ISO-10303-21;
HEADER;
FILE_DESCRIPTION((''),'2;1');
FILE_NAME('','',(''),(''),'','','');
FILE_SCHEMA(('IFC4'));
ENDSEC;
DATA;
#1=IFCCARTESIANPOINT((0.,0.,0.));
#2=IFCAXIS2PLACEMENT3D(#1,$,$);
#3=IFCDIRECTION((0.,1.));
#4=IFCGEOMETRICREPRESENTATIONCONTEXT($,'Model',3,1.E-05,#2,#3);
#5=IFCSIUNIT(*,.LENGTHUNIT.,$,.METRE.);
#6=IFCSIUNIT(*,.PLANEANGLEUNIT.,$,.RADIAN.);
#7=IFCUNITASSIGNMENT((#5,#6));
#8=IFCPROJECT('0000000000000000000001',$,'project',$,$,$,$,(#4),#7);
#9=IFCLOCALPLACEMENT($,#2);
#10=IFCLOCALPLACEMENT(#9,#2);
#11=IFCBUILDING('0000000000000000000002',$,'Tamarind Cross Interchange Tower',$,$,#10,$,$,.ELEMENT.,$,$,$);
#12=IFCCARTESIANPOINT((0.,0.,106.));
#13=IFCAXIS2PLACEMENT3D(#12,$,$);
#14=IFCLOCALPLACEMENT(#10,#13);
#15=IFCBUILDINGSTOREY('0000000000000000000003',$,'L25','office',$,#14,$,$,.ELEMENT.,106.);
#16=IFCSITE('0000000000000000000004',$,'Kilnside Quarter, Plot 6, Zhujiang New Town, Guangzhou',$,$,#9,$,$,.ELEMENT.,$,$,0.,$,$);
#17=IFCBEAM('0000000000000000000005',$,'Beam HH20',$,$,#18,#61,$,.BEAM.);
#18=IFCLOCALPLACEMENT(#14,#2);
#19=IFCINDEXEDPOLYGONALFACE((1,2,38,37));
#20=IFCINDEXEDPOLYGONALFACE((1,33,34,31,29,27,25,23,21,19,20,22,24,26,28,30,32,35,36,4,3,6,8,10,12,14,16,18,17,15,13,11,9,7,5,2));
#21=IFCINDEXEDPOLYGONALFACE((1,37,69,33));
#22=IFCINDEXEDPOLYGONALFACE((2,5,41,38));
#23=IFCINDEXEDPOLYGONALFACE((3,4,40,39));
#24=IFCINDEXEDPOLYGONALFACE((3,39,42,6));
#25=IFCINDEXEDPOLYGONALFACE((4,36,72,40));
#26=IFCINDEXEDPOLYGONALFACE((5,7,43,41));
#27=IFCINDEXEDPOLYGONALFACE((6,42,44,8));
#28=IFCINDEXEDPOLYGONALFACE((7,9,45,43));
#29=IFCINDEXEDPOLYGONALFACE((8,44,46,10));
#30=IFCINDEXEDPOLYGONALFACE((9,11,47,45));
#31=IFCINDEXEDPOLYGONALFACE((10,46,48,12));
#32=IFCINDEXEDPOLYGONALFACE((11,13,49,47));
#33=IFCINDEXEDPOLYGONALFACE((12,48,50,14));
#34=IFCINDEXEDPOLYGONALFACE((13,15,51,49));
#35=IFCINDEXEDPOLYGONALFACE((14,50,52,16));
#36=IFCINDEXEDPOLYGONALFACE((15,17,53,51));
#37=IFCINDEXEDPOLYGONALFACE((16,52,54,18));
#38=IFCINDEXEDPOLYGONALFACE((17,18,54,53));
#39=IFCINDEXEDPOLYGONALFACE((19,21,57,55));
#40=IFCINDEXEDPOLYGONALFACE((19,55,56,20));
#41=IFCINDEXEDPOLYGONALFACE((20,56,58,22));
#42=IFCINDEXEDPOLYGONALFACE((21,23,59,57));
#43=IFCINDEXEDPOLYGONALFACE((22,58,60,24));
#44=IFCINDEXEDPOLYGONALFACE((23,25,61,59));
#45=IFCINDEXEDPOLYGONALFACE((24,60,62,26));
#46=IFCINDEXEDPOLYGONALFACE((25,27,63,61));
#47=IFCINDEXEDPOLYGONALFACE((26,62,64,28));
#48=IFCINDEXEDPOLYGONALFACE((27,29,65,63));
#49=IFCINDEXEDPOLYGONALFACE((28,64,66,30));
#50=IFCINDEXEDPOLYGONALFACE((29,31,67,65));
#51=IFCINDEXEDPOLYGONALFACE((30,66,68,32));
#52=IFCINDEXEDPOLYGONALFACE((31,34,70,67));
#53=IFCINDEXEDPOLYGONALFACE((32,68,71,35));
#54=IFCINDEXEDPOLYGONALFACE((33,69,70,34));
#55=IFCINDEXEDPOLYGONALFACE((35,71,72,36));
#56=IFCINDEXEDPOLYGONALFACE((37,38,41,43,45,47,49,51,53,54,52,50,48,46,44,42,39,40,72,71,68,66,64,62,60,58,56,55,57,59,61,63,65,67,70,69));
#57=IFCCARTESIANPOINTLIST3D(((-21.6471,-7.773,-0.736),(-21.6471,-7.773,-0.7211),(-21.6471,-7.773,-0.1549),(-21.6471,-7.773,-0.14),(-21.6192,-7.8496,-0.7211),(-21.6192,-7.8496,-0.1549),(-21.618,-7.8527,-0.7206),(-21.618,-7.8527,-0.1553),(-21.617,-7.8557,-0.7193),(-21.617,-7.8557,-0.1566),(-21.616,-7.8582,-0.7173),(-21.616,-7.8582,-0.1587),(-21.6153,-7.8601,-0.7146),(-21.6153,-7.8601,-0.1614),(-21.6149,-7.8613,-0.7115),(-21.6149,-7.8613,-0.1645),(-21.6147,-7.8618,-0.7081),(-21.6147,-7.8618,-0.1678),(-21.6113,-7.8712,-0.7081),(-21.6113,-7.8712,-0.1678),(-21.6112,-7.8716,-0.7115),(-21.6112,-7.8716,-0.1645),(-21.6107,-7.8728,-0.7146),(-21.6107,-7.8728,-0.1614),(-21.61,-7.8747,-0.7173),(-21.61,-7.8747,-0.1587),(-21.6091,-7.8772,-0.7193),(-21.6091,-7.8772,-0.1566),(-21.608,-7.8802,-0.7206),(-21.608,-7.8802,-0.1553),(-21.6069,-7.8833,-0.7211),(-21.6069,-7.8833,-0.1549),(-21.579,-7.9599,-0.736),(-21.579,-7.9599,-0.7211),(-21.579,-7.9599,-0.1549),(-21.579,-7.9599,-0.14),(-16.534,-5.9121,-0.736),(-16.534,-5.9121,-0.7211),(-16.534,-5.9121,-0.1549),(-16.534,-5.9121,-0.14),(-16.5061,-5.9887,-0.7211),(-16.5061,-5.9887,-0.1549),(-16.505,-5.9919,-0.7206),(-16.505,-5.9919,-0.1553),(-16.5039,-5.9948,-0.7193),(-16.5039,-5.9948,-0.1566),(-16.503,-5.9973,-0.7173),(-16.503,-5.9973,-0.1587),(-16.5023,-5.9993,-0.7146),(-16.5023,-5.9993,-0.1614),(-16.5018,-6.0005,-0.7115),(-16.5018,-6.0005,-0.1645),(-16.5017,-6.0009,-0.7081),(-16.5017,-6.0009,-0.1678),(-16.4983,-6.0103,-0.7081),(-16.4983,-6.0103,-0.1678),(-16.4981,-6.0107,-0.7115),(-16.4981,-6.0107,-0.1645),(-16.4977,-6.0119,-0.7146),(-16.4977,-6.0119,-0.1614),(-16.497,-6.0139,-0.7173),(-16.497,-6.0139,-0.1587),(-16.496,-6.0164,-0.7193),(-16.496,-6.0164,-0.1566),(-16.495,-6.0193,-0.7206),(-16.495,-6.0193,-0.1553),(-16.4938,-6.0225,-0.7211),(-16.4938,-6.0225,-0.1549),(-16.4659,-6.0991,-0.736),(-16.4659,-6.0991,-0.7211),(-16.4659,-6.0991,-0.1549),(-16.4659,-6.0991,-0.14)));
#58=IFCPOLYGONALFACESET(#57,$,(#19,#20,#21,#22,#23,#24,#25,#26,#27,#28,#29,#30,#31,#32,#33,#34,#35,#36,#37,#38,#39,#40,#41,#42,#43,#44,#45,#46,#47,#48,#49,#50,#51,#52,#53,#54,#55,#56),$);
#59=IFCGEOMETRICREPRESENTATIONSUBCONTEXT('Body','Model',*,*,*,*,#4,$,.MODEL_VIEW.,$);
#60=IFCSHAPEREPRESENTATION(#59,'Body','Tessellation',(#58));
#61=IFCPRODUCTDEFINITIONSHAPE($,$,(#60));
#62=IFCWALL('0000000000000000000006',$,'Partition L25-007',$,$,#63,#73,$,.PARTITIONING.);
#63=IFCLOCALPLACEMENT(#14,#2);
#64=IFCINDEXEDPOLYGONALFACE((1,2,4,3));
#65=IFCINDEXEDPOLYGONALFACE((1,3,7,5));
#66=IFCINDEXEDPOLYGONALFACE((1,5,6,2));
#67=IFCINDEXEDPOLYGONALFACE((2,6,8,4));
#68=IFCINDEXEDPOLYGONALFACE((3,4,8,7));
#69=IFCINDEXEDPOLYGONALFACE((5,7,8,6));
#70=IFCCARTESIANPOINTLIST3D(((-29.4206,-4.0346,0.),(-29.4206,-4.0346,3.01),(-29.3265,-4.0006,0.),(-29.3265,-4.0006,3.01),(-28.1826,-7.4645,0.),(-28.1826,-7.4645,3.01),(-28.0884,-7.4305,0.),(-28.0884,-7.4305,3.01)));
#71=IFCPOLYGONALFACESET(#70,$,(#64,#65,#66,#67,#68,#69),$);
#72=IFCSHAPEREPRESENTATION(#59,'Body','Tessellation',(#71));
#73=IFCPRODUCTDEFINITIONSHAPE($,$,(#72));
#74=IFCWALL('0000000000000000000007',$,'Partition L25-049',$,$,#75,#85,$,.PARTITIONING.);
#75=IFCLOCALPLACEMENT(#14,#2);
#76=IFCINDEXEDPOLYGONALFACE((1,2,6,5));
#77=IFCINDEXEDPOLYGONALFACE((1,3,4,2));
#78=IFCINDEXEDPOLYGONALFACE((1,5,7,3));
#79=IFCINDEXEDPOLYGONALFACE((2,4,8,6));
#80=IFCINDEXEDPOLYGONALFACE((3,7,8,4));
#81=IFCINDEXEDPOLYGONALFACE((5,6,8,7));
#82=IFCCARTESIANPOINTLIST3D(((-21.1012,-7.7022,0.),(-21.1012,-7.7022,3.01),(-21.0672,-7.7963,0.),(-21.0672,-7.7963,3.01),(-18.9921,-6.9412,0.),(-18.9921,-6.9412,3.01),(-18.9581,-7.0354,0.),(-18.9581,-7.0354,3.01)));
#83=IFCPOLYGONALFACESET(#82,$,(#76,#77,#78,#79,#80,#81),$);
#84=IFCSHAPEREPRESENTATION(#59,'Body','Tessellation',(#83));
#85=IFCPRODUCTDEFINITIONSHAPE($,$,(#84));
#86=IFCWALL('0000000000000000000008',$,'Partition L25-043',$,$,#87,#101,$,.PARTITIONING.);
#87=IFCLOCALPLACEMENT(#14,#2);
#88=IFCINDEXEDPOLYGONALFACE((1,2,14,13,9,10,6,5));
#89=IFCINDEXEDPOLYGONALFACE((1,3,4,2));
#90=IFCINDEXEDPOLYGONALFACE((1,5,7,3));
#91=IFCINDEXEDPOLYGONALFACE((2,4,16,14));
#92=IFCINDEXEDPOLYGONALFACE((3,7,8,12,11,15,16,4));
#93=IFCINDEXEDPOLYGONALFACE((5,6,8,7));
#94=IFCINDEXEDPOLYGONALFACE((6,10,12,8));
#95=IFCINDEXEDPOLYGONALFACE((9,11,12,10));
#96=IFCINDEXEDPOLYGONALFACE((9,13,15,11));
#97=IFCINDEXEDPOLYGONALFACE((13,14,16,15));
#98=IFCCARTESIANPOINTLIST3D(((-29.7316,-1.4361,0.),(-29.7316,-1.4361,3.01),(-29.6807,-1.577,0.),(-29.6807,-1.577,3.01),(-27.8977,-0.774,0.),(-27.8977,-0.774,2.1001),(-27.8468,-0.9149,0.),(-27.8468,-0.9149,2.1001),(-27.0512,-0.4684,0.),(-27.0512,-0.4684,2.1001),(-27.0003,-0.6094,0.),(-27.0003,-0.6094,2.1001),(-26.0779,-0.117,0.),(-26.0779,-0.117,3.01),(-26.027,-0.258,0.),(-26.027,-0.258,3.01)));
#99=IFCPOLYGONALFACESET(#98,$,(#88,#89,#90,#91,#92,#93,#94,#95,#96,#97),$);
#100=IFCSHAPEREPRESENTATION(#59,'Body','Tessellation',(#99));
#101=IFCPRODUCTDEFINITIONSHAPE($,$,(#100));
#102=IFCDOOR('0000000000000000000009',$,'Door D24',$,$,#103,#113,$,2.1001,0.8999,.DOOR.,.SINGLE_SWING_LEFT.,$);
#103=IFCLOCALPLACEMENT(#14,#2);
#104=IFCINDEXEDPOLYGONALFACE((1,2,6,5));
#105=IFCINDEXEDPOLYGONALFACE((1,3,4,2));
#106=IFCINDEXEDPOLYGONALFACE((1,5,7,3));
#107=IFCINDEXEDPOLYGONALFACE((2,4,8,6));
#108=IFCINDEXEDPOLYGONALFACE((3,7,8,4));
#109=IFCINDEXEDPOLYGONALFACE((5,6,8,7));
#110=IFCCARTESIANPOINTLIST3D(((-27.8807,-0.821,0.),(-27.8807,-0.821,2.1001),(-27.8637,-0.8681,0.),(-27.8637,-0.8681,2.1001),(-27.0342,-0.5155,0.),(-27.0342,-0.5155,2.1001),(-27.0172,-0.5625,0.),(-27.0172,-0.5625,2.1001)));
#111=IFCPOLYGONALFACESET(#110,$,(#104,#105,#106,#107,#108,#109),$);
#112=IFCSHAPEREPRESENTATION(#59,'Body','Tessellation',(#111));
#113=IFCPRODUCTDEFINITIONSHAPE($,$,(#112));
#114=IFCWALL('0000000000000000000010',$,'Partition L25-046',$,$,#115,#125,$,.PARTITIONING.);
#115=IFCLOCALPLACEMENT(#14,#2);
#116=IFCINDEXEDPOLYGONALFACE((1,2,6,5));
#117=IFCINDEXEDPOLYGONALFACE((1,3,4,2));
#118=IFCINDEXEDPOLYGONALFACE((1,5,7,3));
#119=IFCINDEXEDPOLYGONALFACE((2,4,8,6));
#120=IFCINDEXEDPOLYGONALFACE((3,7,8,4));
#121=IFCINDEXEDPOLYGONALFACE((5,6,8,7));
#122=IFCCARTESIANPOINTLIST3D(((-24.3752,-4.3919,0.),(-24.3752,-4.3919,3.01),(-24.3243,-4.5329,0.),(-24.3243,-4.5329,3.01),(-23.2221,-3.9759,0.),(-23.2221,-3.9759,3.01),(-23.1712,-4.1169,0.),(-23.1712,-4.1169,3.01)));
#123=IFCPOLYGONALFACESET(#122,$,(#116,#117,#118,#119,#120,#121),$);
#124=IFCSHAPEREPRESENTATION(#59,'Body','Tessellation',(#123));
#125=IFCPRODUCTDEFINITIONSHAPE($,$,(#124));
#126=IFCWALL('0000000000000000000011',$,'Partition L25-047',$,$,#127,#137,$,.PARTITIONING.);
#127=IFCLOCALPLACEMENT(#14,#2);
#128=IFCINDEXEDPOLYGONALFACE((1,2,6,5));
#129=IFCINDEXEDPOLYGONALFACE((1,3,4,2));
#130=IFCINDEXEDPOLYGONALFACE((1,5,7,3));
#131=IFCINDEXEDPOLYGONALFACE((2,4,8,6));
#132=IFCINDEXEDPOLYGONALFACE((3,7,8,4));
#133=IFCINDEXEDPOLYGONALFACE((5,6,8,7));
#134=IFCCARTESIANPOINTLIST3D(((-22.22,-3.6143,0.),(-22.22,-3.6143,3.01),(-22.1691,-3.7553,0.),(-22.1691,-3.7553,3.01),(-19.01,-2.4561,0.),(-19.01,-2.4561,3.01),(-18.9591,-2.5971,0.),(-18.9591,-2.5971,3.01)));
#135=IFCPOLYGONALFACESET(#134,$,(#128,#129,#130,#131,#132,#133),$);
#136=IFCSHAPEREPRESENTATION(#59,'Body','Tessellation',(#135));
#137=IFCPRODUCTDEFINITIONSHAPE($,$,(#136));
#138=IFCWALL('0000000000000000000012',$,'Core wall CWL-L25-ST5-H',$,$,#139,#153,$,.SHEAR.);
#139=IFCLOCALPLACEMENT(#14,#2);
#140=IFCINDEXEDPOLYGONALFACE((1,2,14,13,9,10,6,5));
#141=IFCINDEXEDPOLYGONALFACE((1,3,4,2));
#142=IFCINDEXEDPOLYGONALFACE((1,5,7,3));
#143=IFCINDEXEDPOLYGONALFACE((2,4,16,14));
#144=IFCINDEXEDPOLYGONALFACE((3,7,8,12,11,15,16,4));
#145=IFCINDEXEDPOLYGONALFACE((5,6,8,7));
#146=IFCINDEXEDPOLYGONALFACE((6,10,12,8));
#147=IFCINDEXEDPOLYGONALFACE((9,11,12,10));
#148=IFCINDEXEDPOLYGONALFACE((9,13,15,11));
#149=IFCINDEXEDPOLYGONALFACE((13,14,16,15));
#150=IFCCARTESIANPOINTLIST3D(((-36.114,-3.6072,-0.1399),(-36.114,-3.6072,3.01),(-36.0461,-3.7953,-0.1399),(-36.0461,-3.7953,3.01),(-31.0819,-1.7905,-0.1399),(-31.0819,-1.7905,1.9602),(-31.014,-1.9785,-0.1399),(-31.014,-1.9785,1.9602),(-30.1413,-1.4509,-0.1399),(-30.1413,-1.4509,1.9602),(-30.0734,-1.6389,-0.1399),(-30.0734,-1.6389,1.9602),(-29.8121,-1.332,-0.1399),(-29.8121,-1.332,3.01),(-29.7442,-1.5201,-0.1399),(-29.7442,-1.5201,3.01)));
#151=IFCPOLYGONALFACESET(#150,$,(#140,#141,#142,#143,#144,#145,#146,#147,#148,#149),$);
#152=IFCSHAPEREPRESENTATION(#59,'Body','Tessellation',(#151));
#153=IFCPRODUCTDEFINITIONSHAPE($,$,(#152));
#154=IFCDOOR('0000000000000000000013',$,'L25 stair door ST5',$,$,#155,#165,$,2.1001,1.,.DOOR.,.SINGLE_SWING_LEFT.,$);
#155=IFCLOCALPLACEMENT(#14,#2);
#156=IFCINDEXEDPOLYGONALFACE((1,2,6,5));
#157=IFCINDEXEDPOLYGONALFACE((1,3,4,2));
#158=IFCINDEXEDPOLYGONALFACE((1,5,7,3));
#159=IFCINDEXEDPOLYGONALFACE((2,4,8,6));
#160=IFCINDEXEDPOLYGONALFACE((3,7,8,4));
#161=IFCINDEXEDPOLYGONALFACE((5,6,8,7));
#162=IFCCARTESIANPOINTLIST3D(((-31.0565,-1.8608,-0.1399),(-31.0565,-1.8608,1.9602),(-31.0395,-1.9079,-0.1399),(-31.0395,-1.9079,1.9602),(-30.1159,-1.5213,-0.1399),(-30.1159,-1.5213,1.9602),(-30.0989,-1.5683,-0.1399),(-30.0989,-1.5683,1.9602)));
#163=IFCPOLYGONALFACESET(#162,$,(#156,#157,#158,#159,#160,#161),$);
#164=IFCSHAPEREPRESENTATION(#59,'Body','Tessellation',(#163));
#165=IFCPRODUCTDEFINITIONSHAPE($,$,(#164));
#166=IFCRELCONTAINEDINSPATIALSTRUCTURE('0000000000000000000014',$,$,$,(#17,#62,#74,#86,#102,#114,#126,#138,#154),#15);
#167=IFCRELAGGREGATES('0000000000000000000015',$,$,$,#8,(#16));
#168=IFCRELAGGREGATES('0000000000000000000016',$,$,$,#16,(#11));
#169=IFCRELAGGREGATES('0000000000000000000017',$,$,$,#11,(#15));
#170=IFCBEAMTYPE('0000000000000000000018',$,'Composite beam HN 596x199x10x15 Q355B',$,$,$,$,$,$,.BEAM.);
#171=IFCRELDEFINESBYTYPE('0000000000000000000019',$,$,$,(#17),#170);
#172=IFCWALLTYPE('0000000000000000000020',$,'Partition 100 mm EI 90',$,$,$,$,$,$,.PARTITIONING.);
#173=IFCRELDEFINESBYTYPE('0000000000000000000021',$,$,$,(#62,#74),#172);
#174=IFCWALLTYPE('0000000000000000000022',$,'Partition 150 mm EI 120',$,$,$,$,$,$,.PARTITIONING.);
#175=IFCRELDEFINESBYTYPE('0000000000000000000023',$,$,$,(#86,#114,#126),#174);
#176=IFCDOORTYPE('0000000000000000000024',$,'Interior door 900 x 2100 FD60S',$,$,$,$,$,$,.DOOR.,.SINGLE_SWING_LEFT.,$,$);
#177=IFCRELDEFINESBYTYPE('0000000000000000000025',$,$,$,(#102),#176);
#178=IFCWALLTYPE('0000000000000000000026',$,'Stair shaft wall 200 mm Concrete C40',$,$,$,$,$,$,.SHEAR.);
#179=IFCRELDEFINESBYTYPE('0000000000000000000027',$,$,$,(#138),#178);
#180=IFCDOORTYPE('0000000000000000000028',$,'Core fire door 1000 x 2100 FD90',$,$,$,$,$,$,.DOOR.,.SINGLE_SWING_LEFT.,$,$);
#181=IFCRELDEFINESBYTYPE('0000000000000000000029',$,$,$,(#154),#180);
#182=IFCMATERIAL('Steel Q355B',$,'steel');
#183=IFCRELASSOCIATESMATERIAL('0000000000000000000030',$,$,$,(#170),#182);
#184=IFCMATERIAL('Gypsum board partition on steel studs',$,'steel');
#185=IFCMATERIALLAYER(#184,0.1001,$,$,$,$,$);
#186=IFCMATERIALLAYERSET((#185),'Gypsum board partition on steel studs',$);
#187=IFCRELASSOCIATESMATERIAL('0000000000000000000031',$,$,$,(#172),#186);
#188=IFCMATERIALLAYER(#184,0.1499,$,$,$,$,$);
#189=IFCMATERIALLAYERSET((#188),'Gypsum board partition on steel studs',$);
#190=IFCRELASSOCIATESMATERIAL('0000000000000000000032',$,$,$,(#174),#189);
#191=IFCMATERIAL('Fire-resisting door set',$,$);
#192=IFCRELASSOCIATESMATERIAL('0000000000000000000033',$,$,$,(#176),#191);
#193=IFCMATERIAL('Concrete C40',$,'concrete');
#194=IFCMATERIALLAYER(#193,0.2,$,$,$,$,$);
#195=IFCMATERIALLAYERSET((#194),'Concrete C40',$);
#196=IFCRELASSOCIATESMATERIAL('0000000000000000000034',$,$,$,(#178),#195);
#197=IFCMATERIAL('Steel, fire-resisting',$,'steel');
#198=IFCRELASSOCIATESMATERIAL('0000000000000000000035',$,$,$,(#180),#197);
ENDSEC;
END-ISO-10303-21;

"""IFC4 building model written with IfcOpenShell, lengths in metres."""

from ifc_helpers import new_model, si_unit, direction, frame, frame_2d, origin, origin_2d, place, context, subcontext, project, spatial, rectangle, i_section, extrude, material, layer, layer_set, material_profile, profile_set, type_object, element, fill, save


model = new_model("IFC4")

# Units and contexts
model_context = context("Model", 3, precision=1e-05, world=origin(), true_north=direction((0.0, 1.0)))
body_context = subcontext(model_context, "Body", "Model", "MODEL_VIEW")
ifc_project = project(units=[si_unit("LENGTHUNIT", "METRE"), si_unit("PLANEANGLEUNIT", "RADIAN")], contexts=[model_context])

# Site, building, storey
site_placement = place(None, origin())
site = spatial("IfcSite", under=ifc_project, at=site_placement, Name="Kilnside Quarter, Plot 6, Zhujiang New Town, Guangzhou", CompositionType="ELEMENT", RefElevation=0.0)
building_placement = place(site_placement, origin())
building = spatial("IfcBuilding", under=site, at=building_placement, Name="Tamarind Cross Interchange Tower", CompositionType="ELEMENT")
storey_placement = place(building_placement, frame((0.0, 0.0, 106.0)))
storey = spatial("IfcBuildingStorey", under=building, at=storey_placement, Name="L25", Description="office", CompositionType="ELEMENT", Elevation=106.0)

# Beam
ifc_material_1 = material(Name="Steel Q355B", Category="steel")
ifc_material_profile_1 = material_profile(ifc_material_1, i_section(OverallWidth=0.199, OverallDepth=0.5959, WebThickness=0.01, FlangeThickness=0.0149, FilletRadius=0.0129, at=origin_2d()), Name="HN 596x199x10x15")
ifc_profile_set_1 = profile_set([ifc_material_profile_1], Name="Steel Q355B")
beam_type_1 = type_object("IfcBeamType", Name="Composite beam HN 596x199x10x15 Q355B", PredefinedType="BEAM", material=ifc_profile_set_1)
beam_1_placement = place(storey_placement, frame((-21.613, -7.8665, -0.438), z_axis=(0.939702, 0.341995, 0.0), x_axis=(-0.341995, 0.939702, 0.0)))
element("IfcBeam", 1, at=beam_1_placement, inside=storey, type_object=beam_type_1, Name="Beam HH20", PredefinedType="BEAM", context=body_context, shape_type="SweptSolid", body=[
    extrude(i_section(OverallWidth=0.199, OverallDepth=0.5959, WebThickness=0.01, FlangeThickness=0.0149, FilletRadius=0.0129, at=origin_2d()), origin(), (0.0, 0.0, 1.0), 5.4412),
])

# Walls
ifc_material_2 = material(Name="Gypsum board partition on steel studs", Category="steel")
ifc_layer_1 = layer(ifc_material_2, 0.1001)
ifc_layer_set_1 = layer_set([ifc_layer_1], Name="Gypsum board partition on steel studs")
wall_type_1 = type_object("IfcWallType", Name="Partition 100 mm EI 90", PredefinedType="PARTITIONING", material=ifc_layer_set_1)
wall_1_placement = place(storey_placement, frame((-29.3735, -4.0176, 0.0), z_axis=(0.0, 0.0, 1.0), x_axis=(0.339511, -0.940602, 0.0)))
element("IfcWall", 2, at=wall_1_placement, inside=storey, type_object=wall_type_1, Name="Partition L25-007", PredefinedType="PARTITIONING", context=body_context, shape_type="SweptSolid", body=[
    extrude(rectangle(XDim=3.6465, YDim=0.1001, at=frame_2d((1.8232, 0.0))), origin(), (0.0, 0.0, 1.0), 3.01),
])
wall_2_placement = place(storey_placement, frame((-21.0842, -7.7493, 0.0), z_axis=(0.0, 0.0, 1.0), x_axis=(0.940646, 0.33939, 0.0)))
element("IfcWall", 3, at=wall_2_placement, inside=storey, type_object=wall_type_1, Name="Partition L25-049", PredefinedType="PARTITIONING", context=body_context, shape_type="SweptSolid", body=[
    extrude(rectangle(XDim=2.2422, YDim=0.1001, at=frame_2d((1.1211, 0.0))), origin(), (0.0, 0.0, 1.0), 3.01),
])

# Wall, opening, door
ifc_layer_2 = layer(ifc_material_2, 0.1499)
ifc_layer_set_2 = layer_set([ifc_layer_2], Name="Gypsum board partition on steel studs")
wall_type_2 = type_object("IfcWallType", Name="Partition 150 mm EI 120", PredefinedType="PARTITIONING", material=ifc_layer_set_2)
wall_3_placement = place(storey_placement, frame((-29.7063, -1.5066, 0.0), z_axis=(0.0, 0.0, 1.0), x_axis=(0.940582, 0.339567, 0.0)))
wall_3 = element("IfcWall", 4, at=wall_3_placement, inside=storey, type_object=wall_type_2, Name="Partition L25-043", PredefinedType="PARTITIONING", context=body_context, shape_type="SweptSolid", body=[
    extrude(rectangle(XDim=3.8845, YDim=0.1499, at=frame_2d((1.9424, 0.0))), origin(), (0.0, 0.0, 1.0), 3.01),
])
opening_1_placement = place(wall_3_placement, frame((1.95, 0.0, 0.0)))
opening_1 = element("IfcOpeningElement", 5, at=opening_1_placement, cuts=wall_3, PredefinedType="OPENING", context=body_context, shape_type="SweptSolid", body=[
    extrude(rectangle(XDim=0.8999, YDim=2.1001, at=frame_2d((0.45, 1.05))), frame((0.0, 0.085, 0.0), z_axis=(0.0, -1.0, 0.0), x_axis=(1.0, 0.0, 0.0)), (0.0, 0.0, 1.0), 0.1699),
])
ifc_material_3 = material(Name="Fire-resisting door set")
door_type_1 = type_object("IfcDoorType", Name="Interior door 900 x 2100 FD60S", OperationType="SINGLE_SWING_LEFT", PredefinedType="DOOR", material=ifc_material_3)
door_1_placement = place(opening_1_placement, origin())
door_1 = element("IfcDoor", 6, at=door_1_placement, inside=storey, type_object=door_type_1, Name="Door D24", OperationType="SINGLE_SWING_LEFT", OverallHeight=2.1001, OverallWidth=0.8999, PredefinedType="DOOR", context=body_context, shape_type="SweptSolid", body=[
    extrude(rectangle(XDim=0.8999, YDim=2.1001, at=frame_2d((0.45, 1.05))), frame((0.0, 0.0249, 0.0), z_axis=(0.0, -1.0, 0.0), x_axis=(1.0, 0.0, 0.0)), (0.0, 0.0, 1.0), 0.05),
])
fill(opening_1, door_1)

# Walls
wall_4_placement = place(storey_placement, frame((-24.3496, -4.4624, 0.0), z_axis=(0.0, 0.0, 1.0), x_axis=(0.940651, 0.339375, 0.0)))
element("IfcWall", 7, at=wall_4_placement, inside=storey, type_object=wall_type_2, Name="Partition L25-046", PredefinedType="PARTITIONING", context=body_context, shape_type="SweptSolid", body=[
    extrude(rectangle(XDim=1.2258, YDim=0.1499, at=frame_2d((0.6128, 0.0))), origin(), (0.0, 0.0, 1.0), 3.01),
])
wall_5_placement = place(storey_placement, frame((-22.1946, -3.6848, 0.0), z_axis=(0.0, 0.0, 1.0), x_axis=(0.940643, 0.339398, 0.0)))
element("IfcWall", 8, at=wall_5_placement, inside=storey, type_object=wall_type_2, Name="Partition L25-047", PredefinedType="PARTITIONING", context=body_context, shape_type="SweptSolid", body=[
    extrude(rectangle(XDim=3.4126, YDim=0.1499, at=frame_2d((1.7063, 0.0))), origin(), (0.0, 0.0, 1.0), 3.01),
])

# Wall, opening, door
ifc_material_4 = material(Name="Concrete C40", Category="concrete")
ifc_layer_3 = layer(ifc_material_4, 0.2)
ifc_layer_set_3 = layer_set([ifc_layer_3], Name="Concrete C40")
wall_type_3 = type_object("IfcWallType", Name="Stair shaft wall 200 mm Concrete C40", PredefinedType="SHEAR", material=ifc_layer_set_3)
wall_6_placement = place(storey_placement, frame((-29.7781, -1.426, -0.1399), z_axis=(0.0, 0.0, 1.0), x_axis=(-0.940577, -0.33958, 0.0)))
wall_6 = element("IfcWall", 9, at=wall_6_placement, inside=storey, type_object=wall_type_3, Name="Core wall CWL-L25-ST5-H", PredefinedType="SHEAR", context=body_context, shape_type="SweptSolid", body=[
    extrude(rectangle(XDim=6.7, YDim=0.2, at=frame_2d((3.3501, 0.0))), origin(), (0.0, 0.0, 1.0), 3.1499),
])
opening_2_placement = place(wall_6_placement, frame((0.3501, 0.0, 0.0)))
opening_2 = element("IfcOpeningElement", 10, at=opening_2_placement, cuts=wall_6, PredefinedType="OPENING", context=body_context, shape_type="SweptSolid", body=[
    extrude(rectangle(XDim=1.0, YDim=2.1001, at=frame_2d((0.5, 1.05))), frame((0.0, 0.1099, 0.0), z_axis=(0.0, -1.0, 0.0), x_axis=(1.0, 0.0, 0.0)), (0.0, 0.0, 1.0), 0.22),
])
ifc_material_5 = material(Name="Steel, fire-resisting", Category="steel")
door_type_2 = type_object("IfcDoorType", Name="Core fire door 1000 x 2100 FD90", OperationType="SINGLE_SWING_LEFT", PredefinedType="DOOR", material=ifc_material_5)
door_2_placement = place(opening_2_placement, origin())
door_2 = element("IfcDoor", 11, at=door_2_placement, inside=storey, type_object=door_type_2, Name="L25 stair door ST5", OperationType="SINGLE_SWING_LEFT", OverallHeight=2.1001, OverallWidth=1.0, PredefinedType="DOOR", context=body_context, shape_type="SweptSolid", body=[
    extrude(rectangle(XDim=1.0, YDim=2.1001, at=frame_2d((0.5, 1.05))), frame((0.0, 0.0249, 0.0), z_axis=(0.0, -1.0, 0.0), x_axis=(1.0, 0.0, 0.0)), (0.0, 0.0, 1.0), 0.05),
])
fill(opening_2, door_2)

save(model, "model.ifc")
